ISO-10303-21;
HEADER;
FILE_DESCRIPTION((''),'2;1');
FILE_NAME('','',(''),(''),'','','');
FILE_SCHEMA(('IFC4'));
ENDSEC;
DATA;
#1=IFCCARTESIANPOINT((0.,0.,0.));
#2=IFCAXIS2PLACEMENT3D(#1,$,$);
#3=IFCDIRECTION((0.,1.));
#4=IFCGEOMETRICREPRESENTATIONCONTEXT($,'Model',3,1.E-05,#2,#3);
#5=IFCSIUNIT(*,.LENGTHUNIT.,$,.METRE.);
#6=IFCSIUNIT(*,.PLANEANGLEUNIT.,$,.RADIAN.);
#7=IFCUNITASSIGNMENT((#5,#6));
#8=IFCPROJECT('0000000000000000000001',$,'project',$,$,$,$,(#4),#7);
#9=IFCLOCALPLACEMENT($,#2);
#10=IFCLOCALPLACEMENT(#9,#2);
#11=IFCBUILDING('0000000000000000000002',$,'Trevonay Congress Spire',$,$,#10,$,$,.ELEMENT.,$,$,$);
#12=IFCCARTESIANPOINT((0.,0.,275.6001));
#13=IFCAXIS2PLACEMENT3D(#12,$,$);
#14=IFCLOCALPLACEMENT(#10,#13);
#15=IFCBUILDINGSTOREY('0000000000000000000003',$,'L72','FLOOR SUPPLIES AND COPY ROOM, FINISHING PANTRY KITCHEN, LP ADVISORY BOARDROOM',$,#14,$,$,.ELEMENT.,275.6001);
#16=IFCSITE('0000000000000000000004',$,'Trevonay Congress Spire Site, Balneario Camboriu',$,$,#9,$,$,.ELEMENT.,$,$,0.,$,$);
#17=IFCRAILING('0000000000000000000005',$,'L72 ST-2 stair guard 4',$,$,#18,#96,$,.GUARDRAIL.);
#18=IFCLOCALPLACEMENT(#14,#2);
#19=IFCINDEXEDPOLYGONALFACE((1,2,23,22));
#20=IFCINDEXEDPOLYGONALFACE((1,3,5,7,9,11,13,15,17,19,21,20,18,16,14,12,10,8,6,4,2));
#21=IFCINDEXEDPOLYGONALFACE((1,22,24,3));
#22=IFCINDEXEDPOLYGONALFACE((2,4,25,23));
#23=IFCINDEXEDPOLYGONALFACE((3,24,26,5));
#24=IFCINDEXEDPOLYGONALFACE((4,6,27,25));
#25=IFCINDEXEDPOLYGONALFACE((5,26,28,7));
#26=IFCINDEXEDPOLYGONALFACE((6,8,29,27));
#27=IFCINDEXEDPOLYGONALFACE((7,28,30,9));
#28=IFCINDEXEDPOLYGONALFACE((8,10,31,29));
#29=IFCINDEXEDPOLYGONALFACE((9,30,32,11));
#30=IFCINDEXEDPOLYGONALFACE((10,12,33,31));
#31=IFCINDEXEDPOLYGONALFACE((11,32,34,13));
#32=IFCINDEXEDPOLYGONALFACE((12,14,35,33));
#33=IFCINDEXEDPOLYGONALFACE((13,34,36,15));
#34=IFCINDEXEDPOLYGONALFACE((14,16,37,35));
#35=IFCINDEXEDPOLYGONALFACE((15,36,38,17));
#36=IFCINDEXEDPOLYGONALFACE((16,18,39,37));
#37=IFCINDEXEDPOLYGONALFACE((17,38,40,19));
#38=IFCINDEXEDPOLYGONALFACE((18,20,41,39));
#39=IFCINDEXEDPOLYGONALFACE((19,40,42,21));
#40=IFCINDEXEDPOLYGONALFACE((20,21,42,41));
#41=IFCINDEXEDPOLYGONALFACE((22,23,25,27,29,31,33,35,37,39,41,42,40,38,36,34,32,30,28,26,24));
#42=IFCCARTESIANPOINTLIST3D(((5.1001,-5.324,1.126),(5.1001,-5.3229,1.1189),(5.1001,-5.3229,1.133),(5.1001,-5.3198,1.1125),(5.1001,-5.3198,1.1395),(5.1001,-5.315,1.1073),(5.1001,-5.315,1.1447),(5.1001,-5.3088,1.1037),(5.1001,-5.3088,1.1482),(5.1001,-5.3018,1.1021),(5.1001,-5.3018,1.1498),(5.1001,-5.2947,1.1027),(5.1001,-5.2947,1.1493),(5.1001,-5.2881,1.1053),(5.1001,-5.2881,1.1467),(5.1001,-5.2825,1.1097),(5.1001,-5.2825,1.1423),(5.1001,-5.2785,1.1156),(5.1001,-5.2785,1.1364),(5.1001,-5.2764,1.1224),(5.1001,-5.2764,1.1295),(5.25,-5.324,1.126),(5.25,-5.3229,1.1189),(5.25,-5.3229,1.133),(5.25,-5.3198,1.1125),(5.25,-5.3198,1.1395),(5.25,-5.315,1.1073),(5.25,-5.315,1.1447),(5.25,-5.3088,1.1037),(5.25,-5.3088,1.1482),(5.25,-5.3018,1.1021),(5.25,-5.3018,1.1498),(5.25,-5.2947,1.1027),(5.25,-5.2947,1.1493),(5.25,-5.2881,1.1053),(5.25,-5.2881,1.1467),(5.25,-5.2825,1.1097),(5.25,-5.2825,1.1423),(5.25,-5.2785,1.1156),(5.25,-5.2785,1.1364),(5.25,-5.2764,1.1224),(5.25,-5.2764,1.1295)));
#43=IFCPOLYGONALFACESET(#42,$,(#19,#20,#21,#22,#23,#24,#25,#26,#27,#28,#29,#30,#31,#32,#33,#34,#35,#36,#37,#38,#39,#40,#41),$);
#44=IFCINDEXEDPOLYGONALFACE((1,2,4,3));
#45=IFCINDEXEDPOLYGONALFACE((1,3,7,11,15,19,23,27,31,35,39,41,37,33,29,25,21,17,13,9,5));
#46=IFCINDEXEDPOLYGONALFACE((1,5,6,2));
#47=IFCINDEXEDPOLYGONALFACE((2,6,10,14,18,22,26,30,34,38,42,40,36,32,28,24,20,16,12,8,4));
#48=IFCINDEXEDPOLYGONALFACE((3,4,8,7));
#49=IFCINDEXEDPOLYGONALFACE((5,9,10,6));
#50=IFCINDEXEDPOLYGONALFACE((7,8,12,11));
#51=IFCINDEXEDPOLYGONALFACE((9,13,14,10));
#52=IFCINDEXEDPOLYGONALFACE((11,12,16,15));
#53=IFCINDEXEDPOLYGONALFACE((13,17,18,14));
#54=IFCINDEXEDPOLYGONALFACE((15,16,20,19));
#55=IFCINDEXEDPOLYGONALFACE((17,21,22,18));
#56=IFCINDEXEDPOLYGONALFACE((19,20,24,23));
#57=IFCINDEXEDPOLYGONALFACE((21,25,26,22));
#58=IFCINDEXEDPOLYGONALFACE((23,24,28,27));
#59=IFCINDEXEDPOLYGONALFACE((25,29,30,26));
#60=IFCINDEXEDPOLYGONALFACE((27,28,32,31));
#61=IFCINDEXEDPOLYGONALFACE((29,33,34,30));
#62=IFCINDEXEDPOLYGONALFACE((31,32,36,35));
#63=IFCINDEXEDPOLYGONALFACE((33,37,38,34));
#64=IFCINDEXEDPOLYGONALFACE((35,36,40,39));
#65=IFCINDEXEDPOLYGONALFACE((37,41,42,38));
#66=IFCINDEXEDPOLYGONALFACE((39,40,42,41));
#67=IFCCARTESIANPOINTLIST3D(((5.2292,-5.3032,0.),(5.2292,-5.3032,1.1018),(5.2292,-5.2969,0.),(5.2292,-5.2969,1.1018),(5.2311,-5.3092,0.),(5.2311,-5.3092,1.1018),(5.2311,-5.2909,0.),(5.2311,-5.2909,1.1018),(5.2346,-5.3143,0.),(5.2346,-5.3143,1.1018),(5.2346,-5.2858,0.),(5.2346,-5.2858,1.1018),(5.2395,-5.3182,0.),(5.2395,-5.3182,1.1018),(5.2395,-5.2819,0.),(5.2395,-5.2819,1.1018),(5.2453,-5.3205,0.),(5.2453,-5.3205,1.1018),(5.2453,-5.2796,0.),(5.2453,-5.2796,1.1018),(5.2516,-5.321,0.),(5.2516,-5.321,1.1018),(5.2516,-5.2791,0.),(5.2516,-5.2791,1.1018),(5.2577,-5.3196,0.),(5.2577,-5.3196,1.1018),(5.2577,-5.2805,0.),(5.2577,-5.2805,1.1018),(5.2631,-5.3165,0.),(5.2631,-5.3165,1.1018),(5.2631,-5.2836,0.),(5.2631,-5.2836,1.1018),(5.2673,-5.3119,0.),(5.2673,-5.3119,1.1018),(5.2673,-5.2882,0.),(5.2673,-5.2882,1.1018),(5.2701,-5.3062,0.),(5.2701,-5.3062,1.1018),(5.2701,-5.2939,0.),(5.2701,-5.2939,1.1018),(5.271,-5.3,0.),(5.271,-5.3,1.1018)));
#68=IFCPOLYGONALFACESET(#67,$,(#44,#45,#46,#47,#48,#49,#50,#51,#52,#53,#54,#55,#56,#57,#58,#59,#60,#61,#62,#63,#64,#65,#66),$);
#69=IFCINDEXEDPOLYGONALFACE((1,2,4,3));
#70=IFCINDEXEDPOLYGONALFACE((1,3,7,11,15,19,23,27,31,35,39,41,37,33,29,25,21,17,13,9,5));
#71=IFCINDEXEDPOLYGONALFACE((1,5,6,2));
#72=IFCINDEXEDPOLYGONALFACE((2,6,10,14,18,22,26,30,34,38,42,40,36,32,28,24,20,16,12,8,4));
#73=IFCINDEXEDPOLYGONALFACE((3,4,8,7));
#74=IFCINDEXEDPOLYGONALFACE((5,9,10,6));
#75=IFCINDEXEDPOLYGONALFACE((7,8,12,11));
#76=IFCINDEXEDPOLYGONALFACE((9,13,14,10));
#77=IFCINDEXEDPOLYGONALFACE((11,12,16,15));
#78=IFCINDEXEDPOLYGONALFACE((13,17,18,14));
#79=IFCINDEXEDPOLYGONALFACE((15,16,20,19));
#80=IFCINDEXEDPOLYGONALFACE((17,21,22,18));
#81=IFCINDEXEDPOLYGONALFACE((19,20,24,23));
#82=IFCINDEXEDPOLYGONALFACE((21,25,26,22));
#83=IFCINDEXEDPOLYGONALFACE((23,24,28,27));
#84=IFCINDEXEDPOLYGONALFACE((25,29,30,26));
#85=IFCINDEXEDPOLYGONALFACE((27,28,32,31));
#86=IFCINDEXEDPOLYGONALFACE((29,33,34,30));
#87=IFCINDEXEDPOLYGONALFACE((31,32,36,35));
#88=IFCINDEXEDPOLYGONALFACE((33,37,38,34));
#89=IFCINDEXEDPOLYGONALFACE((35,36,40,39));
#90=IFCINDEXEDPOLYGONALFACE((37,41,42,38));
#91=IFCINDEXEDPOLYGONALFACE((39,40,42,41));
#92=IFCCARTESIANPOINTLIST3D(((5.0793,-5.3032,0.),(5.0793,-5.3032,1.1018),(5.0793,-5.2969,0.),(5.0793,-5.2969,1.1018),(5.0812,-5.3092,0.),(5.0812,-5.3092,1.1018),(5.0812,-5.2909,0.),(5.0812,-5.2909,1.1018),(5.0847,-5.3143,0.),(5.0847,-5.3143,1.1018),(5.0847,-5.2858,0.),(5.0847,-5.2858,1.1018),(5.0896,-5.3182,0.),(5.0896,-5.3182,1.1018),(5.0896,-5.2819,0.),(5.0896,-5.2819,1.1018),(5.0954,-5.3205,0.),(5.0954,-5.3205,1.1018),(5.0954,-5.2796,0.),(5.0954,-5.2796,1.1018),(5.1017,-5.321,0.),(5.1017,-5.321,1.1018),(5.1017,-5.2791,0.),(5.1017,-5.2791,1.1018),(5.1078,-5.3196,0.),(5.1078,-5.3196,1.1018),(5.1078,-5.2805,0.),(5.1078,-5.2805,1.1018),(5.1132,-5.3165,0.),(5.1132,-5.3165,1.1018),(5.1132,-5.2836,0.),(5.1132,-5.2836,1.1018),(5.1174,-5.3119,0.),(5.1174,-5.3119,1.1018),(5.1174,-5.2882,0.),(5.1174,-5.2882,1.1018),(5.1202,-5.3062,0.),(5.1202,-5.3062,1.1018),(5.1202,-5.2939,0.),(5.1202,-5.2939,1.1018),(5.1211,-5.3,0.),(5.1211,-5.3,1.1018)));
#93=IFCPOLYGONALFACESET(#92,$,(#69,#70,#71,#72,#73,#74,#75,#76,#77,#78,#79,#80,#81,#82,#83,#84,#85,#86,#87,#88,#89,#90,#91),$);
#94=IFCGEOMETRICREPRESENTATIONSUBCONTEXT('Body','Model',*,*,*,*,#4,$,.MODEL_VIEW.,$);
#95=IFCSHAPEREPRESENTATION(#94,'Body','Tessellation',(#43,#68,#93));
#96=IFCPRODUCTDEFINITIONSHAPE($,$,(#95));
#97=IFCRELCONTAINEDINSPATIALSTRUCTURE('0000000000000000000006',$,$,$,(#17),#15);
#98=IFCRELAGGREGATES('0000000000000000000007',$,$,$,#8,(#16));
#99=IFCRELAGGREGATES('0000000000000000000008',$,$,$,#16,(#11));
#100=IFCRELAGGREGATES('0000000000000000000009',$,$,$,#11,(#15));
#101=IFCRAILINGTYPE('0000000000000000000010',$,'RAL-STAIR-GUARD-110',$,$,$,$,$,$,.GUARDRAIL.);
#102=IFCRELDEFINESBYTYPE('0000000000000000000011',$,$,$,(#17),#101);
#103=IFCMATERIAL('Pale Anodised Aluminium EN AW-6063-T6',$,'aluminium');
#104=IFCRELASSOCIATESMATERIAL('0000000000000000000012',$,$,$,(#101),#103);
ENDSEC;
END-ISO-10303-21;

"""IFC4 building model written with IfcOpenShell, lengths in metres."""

from ifc_helpers import new_model, si_unit, direction, frame, origin, origin_2d, place, context, subcontext, project, spatial, circle, extrude, material, type_object, element, save


model = new_model("IFC4")

# Units and contexts
model_context = context("Model", 3, precision=1e-05, world=origin(), true_north=direction((0.0, 1.0)))
body_context = subcontext(model_context, "Body", "Model", "MODEL_VIEW")
ifc_project = project(units=[si_unit("LENGTHUNIT", "METRE"), si_unit("PLANEANGLEUNIT", "RADIAN")], contexts=[model_context])

# Site, building, storey
site_placement = place(None, origin())
site = spatial("IfcSite", under=ifc_project, at=site_placement, Name="Trevonay Congress Spire Site, Balneario Camboriu", CompositionType="ELEMENT", RefElevation=0.0)
building_placement = place(site_placement, origin())
building = spatial("IfcBuilding", under=site, at=building_placement, Name="Trevonay Congress Spire", CompositionType="ELEMENT")
storey_placement = place(building_placement, frame((0.0, 0.0, 275.6001)))
storey = spatial("IfcBuildingStorey", under=building, at=storey_placement, Name="L72", Description="FLOOR SUPPLIES AND COPY ROOM, FINISHING PANTRY KITCHEN, LP ADVISORY BOARDROOM", CompositionType="ELEMENT", Elevation=275.6001)

# Railing
ifc_material_1 = material(Name="Pale Anodised Aluminium EN AW-6063-T6", Category="aluminium")
railing_type_1 = type_object("IfcRailingType", Name="RAL-STAIR-GUARD-110", PredefinedType="GUARDRAIL", material=ifc_material_1)
railing_1_placement = place(storey_placement, frame((5.25, -5.3, 0.0)))
element("IfcRailing", 1, at=railing_1_placement, inside=storey, type_object=railing_type_1, Name="L72 ST-2 stair guard 4", PredefinedType="GUARDRAIL", context=body_context, shape_type="SweptSolid", body=[
    extrude(circle(Radius=0.0239, at=origin_2d()), frame((0.0, 0.0, 1.126), z_axis=(-1.0, 0.0, 0.0), x_axis=(0.0, -1.0, 0.0)), (0.0, 0.0, 1.0), 0.1499),
    extrude(circle(Radius=0.021, at=origin_2d()), origin(), (0.0, 0.0, 1.0), 1.1018),
    extrude(circle(Radius=0.021, at=origin_2d()), frame((-0.1499, 0.0, 0.0)), (0.0, 0.0, 1.0), 1.1018),
])

save(model, "model.ifc")
